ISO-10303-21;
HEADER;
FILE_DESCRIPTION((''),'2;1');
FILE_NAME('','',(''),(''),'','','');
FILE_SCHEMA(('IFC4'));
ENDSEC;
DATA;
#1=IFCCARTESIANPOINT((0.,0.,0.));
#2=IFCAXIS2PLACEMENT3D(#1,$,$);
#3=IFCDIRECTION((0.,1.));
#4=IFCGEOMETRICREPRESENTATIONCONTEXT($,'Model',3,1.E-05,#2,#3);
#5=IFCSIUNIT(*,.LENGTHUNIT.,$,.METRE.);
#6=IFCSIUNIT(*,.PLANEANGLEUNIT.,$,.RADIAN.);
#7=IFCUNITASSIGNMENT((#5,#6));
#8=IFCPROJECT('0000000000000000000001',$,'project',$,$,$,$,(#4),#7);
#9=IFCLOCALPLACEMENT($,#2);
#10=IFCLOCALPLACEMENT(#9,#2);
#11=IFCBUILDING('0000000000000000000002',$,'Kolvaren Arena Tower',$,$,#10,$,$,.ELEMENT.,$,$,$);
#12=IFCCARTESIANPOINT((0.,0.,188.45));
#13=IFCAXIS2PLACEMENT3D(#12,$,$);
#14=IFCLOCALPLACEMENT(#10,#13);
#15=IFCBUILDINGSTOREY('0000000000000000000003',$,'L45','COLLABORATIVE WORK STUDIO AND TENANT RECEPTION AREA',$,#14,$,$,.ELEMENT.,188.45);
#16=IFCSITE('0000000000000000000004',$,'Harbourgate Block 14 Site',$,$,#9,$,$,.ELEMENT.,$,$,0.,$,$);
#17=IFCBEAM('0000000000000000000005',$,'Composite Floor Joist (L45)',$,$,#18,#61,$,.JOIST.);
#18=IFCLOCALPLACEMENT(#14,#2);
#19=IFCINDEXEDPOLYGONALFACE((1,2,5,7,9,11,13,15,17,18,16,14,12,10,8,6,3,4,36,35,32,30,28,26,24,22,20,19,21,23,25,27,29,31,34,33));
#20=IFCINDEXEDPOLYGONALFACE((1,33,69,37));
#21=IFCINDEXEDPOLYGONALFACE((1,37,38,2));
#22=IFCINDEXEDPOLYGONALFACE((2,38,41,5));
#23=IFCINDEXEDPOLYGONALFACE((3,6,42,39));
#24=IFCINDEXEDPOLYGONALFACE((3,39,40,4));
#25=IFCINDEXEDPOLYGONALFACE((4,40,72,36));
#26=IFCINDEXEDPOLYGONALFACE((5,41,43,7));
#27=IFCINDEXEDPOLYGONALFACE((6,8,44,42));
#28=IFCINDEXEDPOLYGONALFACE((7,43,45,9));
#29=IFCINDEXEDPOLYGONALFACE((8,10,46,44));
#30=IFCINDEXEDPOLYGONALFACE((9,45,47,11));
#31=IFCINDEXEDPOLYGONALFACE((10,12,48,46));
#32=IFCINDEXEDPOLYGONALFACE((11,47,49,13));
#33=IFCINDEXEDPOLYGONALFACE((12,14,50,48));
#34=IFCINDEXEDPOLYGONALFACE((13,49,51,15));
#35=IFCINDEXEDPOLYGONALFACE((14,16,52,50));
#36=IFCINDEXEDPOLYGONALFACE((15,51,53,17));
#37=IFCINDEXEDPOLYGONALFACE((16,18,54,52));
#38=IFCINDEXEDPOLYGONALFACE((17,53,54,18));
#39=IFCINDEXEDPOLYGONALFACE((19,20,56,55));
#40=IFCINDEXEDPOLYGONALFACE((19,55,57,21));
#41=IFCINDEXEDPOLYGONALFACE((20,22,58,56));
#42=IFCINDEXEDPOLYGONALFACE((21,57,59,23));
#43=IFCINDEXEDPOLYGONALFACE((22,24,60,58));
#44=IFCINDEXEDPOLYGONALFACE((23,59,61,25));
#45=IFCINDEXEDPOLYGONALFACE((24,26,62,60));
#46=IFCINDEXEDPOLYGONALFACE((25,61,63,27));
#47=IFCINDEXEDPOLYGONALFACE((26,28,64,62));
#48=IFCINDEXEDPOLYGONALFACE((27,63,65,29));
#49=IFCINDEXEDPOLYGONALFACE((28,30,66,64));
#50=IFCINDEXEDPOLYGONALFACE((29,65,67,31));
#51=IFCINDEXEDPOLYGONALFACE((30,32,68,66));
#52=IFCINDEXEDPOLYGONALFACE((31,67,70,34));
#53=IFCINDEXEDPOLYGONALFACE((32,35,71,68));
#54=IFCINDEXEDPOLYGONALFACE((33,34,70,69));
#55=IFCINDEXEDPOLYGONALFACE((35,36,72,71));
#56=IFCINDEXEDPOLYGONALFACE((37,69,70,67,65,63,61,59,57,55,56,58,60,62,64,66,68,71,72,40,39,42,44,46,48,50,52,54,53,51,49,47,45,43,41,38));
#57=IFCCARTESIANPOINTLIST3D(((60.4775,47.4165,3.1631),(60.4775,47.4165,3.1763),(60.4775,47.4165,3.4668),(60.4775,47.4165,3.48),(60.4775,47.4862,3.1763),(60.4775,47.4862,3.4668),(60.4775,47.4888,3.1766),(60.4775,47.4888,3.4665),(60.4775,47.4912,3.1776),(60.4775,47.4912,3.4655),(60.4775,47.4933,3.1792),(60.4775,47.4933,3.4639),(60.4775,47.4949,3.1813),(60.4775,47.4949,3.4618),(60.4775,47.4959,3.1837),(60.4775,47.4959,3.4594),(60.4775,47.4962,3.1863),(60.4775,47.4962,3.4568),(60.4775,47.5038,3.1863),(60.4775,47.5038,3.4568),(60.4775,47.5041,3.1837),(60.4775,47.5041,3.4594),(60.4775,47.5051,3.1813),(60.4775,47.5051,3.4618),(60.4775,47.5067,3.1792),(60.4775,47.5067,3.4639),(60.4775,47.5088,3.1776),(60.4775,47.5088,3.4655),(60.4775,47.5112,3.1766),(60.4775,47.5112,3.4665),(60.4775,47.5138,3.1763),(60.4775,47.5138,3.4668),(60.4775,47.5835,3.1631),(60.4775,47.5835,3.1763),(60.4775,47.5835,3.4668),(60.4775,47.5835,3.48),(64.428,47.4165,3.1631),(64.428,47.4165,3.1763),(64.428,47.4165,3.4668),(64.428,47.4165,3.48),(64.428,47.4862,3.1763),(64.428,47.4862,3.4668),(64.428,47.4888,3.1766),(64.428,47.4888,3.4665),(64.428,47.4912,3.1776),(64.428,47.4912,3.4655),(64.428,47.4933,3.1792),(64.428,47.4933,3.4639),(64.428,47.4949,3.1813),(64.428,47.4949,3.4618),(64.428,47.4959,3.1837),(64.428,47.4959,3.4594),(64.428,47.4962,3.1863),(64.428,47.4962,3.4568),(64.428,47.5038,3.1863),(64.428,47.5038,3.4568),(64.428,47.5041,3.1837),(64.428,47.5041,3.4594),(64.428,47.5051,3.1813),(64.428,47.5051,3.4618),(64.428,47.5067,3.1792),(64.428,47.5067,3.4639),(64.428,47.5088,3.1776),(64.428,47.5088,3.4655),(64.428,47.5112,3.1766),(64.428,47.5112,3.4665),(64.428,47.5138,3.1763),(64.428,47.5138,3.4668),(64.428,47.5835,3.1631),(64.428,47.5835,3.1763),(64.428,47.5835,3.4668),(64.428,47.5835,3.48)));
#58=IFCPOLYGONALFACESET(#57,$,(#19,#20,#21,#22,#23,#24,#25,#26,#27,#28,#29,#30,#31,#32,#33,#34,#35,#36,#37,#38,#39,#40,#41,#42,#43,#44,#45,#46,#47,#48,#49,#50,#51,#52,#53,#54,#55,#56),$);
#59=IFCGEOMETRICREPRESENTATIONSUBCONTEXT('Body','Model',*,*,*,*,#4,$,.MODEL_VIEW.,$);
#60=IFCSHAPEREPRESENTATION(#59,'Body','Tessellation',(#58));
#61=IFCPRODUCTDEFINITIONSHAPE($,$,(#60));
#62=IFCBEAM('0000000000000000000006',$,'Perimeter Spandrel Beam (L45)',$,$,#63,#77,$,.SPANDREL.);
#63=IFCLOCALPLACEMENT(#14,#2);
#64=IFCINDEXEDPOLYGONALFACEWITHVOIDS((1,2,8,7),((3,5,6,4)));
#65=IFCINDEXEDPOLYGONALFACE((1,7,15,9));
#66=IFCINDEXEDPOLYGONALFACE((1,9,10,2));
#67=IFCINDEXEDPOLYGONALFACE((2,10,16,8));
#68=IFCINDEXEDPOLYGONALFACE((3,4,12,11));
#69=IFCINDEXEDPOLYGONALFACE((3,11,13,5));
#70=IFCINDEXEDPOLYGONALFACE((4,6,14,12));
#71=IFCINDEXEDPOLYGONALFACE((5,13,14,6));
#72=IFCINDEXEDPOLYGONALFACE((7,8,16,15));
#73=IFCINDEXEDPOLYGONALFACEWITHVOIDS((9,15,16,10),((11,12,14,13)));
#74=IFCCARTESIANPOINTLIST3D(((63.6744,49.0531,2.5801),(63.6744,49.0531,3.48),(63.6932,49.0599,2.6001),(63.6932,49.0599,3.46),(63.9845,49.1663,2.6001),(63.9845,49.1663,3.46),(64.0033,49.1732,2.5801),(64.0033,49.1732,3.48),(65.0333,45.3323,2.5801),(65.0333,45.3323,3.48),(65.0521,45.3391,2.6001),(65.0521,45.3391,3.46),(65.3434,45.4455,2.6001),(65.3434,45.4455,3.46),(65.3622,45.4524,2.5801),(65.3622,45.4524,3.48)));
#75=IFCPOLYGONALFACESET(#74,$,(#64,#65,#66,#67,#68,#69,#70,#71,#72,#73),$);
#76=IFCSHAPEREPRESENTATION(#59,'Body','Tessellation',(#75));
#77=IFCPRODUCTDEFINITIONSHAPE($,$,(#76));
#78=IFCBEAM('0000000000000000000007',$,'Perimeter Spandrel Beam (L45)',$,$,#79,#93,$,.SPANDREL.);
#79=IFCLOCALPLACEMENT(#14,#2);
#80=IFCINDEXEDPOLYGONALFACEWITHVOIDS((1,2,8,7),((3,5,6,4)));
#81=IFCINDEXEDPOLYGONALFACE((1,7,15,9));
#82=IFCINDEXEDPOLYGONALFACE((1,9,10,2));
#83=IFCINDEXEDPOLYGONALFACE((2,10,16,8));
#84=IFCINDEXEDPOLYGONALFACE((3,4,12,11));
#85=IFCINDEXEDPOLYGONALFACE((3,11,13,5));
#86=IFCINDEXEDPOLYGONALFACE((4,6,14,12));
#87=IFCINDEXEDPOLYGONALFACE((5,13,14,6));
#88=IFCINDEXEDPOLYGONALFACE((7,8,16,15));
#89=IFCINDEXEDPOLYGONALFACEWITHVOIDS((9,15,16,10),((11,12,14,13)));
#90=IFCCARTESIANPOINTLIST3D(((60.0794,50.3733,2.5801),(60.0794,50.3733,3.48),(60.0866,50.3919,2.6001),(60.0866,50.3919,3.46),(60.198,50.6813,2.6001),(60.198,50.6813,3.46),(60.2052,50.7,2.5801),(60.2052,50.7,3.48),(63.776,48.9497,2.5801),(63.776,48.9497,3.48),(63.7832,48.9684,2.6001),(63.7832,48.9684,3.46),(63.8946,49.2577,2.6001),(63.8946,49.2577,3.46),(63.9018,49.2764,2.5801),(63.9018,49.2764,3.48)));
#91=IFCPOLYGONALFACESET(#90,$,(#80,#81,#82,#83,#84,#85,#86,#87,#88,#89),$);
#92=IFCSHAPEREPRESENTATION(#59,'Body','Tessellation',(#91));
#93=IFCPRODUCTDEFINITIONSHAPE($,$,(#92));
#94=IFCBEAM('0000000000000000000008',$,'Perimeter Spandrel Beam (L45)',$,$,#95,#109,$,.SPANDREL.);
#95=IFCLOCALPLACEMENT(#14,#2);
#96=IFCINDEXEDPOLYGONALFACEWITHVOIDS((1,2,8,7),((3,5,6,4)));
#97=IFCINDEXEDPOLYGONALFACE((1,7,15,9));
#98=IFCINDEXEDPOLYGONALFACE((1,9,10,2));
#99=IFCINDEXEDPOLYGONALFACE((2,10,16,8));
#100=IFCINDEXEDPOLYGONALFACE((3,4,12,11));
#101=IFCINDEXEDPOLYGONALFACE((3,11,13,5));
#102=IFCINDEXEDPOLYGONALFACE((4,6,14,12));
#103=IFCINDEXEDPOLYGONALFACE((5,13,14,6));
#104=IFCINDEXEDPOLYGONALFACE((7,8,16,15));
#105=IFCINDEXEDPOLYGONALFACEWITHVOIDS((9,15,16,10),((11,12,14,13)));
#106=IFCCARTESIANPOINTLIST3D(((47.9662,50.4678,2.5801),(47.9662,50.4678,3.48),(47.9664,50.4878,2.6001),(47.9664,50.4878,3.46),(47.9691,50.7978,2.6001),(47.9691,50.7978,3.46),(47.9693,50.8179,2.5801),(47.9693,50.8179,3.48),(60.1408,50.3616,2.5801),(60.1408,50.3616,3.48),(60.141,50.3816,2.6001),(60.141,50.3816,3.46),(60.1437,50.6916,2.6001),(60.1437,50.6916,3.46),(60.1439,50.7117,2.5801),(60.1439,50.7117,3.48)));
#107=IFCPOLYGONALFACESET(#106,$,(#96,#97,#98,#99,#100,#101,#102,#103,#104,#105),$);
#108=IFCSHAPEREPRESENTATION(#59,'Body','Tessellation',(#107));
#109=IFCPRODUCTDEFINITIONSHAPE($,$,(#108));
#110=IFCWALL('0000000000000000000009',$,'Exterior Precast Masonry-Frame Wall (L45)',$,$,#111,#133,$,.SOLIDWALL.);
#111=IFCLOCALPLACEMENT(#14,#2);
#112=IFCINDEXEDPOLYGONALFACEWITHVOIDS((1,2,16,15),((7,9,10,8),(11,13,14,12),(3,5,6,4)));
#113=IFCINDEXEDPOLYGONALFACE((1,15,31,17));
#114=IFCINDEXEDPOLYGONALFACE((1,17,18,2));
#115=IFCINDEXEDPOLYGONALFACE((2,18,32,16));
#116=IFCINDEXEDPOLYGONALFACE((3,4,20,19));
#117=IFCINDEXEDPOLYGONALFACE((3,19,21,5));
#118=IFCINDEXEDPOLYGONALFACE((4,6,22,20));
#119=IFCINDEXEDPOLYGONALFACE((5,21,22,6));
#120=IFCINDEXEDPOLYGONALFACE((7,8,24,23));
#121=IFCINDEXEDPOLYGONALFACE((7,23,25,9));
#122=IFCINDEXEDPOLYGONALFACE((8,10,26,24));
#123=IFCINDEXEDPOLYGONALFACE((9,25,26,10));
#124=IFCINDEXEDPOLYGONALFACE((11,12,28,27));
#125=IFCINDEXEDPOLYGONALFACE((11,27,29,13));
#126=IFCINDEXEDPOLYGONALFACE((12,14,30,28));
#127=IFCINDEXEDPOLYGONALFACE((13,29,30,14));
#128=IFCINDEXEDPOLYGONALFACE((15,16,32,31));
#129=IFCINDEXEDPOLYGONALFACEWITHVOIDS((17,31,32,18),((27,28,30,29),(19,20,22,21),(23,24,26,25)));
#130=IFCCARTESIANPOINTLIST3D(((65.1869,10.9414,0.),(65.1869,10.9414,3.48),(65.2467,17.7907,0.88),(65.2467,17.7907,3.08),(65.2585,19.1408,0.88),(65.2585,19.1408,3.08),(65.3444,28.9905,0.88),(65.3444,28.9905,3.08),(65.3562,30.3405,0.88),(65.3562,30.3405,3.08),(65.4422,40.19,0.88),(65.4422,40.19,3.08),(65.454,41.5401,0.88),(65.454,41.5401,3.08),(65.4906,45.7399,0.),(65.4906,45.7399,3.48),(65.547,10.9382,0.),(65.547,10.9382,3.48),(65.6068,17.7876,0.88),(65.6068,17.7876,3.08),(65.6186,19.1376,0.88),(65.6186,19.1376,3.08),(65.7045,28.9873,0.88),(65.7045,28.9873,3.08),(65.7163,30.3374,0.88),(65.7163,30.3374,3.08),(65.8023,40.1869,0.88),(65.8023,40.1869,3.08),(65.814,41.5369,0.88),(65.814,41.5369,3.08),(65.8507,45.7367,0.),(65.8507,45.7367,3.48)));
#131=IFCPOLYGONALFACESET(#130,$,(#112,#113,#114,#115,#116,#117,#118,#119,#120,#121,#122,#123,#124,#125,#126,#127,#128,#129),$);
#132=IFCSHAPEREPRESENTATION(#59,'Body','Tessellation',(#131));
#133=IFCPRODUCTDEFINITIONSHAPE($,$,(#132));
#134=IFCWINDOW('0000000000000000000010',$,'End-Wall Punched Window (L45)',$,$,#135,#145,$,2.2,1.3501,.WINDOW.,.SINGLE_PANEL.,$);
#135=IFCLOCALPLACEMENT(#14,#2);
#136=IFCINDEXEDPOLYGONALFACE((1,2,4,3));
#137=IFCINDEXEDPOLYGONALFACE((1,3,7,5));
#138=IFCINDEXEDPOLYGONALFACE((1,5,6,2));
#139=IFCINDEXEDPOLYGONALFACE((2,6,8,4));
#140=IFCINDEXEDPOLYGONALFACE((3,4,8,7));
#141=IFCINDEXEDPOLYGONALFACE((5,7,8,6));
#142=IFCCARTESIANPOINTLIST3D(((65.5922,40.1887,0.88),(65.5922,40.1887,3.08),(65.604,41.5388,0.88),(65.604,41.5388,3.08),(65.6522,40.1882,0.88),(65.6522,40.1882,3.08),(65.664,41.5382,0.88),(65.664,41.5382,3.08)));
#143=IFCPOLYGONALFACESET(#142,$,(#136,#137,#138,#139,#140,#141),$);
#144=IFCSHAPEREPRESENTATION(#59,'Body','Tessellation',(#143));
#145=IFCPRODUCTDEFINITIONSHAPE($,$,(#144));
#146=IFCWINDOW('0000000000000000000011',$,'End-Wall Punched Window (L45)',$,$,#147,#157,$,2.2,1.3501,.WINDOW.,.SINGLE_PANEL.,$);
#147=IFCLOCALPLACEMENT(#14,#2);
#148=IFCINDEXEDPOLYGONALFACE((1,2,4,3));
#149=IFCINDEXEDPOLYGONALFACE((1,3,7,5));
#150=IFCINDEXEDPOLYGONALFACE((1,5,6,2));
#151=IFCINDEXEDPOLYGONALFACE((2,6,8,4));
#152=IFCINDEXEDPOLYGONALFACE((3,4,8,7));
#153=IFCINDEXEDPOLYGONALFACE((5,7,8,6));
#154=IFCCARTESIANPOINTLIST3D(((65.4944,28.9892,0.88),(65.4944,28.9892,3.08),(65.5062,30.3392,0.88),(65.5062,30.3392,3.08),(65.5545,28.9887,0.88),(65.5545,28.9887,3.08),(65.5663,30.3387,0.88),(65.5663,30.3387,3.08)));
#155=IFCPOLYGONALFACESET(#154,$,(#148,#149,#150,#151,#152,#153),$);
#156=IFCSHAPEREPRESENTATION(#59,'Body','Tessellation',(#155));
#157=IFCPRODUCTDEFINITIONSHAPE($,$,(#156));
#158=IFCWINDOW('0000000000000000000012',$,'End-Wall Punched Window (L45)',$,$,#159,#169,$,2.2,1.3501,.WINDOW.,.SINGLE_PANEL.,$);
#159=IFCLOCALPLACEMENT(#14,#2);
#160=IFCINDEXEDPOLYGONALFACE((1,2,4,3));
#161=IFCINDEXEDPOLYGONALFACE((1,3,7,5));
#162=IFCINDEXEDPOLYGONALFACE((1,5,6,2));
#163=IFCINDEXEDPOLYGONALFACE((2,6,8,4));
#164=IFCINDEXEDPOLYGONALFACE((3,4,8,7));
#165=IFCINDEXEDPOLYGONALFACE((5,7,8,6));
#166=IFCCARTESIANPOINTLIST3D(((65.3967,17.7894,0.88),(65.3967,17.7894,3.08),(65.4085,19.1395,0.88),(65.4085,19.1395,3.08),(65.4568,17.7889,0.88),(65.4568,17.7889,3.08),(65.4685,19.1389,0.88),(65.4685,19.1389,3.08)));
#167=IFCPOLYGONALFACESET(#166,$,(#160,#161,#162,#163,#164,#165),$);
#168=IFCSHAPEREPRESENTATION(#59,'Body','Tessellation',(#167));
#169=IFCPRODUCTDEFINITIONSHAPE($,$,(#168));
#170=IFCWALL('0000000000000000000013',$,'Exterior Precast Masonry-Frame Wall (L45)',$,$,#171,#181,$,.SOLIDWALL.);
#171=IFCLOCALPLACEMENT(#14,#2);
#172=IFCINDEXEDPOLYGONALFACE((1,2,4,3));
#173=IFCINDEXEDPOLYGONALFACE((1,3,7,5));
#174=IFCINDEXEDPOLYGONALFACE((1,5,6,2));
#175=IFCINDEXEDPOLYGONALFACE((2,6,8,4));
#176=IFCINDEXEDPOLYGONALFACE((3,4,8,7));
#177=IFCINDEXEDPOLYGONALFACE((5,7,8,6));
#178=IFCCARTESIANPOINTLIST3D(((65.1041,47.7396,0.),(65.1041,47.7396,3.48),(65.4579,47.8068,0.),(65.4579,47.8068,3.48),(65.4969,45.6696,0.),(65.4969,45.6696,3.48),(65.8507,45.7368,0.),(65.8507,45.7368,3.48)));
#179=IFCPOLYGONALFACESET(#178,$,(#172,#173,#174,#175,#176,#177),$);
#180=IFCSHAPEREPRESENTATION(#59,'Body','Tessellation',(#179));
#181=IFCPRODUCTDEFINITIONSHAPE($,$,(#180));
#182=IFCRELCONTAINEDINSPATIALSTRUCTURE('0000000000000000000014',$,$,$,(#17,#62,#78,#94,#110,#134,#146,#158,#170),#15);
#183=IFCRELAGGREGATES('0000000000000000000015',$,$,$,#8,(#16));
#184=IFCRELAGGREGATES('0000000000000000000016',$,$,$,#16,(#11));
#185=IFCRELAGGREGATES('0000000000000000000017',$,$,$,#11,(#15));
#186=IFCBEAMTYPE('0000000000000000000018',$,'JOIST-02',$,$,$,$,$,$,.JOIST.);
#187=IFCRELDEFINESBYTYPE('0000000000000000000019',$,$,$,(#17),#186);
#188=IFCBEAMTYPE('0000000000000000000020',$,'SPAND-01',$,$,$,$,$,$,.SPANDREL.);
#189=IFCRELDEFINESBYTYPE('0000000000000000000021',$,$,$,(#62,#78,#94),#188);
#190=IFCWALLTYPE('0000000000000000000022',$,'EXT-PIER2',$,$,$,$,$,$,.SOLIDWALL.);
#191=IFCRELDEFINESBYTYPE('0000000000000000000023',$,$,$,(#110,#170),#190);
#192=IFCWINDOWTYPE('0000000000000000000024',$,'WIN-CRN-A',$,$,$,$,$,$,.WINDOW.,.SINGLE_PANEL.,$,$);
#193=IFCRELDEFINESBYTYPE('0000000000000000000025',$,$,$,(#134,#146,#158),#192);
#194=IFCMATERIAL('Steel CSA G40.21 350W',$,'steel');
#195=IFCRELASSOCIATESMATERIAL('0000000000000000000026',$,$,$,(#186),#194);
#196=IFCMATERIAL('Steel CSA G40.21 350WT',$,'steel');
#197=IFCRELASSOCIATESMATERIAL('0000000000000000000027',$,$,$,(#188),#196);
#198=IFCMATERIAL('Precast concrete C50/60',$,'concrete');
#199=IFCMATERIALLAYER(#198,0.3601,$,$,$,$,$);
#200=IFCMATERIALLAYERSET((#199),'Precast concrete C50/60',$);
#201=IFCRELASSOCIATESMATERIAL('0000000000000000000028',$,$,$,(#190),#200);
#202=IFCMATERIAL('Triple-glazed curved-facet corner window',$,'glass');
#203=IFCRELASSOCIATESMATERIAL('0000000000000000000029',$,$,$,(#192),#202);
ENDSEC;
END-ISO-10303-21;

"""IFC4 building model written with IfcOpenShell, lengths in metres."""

from ifc_helpers import new_model, si_unit, direction, frame, frame_2d, origin, origin_2d, place, context, subcontext, project, spatial, rectangle, hollow_rectangle, i_section, extrude, material, layer, layer_set, material_profile, profile_set, type_object, element, fill, save


model = new_model("IFC4")

# Units and contexts
model_context = context("Model", 3, precision=1e-05, world=origin(), true_north=direction((0.0, 1.0)))
body_context = subcontext(model_context, "Body", "Model", "MODEL_VIEW")
ifc_project = project(units=[si_unit("LENGTHUNIT", "METRE"), si_unit("PLANEANGLEUNIT", "RADIAN")], contexts=[model_context])

# Site, building, storey
site_placement = place(None, origin())
site = spatial("IfcSite", under=ifc_project, at=site_placement, Name="Harbourgate Block 14 Site", CompositionType="ELEMENT", RefElevation=0.0)
building_placement = place(site_placement, origin())
building = spatial("IfcBuilding", under=site, at=building_placement, Name="Kolvaren Arena Tower", CompositionType="ELEMENT")
storey_placement = place(building_placement, frame((0.0, 0.0, 188.45)))
storey = spatial("IfcBuildingStorey", under=building, at=storey_placement, Name="L45", Description="COLLABORATIVE WORK STUDIO AND TENANT RECEPTION AREA", CompositionType="ELEMENT", Elevation=188.45)

# Beams
ifc_material_1 = material(Name="Steel CSA G40.21 350W", Category="steel")
ifc_material_profile_1 = material_profile(ifc_material_1, i_section(OverallWidth=0.167, OverallDepth=0.3169, WebThickness=0.0076, FlangeThickness=0.0132, FilletRadius=0.01, at=origin_2d()), Name="W310x52")
ifc_profile_set_1 = profile_set([ifc_material_profile_1], Name="Steel CSA G40.21 350W")
beam_type_1 = type_object("IfcBeamType", Name="JOIST-02", PredefinedType="JOIST", material=ifc_profile_set_1)
beam_1_placement = place(storey_placement, frame((60.4775, 47.5, 3.3215), z_axis=(1.0, 0.0, 0.0), x_axis=(0.0, 1.0, 0.0)))
element("IfcBeam", 1, at=beam_1_placement, inside=storey, type_object=beam_type_1, Name="Composite Floor Joist (L45)", PredefinedType="JOIST", context=body_context, shape_type="SweptSolid", body=[
    extrude(i_section(OverallWidth=0.167, OverallDepth=0.3169, WebThickness=0.0076, FlangeThickness=0.0132, FilletRadius=0.01, at=origin_2d()), origin(), (0.0, 0.0, 1.0), 3.9504),
])
ifc_material_2 = material(Name="Steel CSA G40.21 350WT", Category="steel")
ifc_material_profile_2 = material_profile(ifc_material_2, hollow_rectangle(XDim=0.3501, YDim=0.8999, WallThickness=0.02, at=origin_2d()), Name="HSS 900x350x20")
ifc_profile_set_2 = profile_set([ifc_material_profile_2], Name="Steel CSA G40.21 350WT")
beam_type_2 = type_object("IfcBeamType", Name="SPAND-01", PredefinedType="SPANDREL", material=ifc_profile_set_2)
for number, where, z_axis, x_axis, name in (
    (2, (65.1978, 45.3923, 3.03), (-0.343059, 0.939314, 0.0), (-0.939314, -0.343059, 0.0), "Perimeter Spandrel Beam (L45)"),
    (3, (63.8389, 49.113, 3.03), (-0.93319, 0.359384, 0.0), (-0.359384, -0.93319, 0.0), "Perimeter Spandrel Beam (L45)"),
):
    element("IfcBeam", number, at=place(storey_placement, frame(where, z_axis=z_axis, x_axis=x_axis)), inside=storey, type_object=beam_type_2, Name=name, PredefinedType="SPANDREL", context=body_context, shape_type="SweptSolid", body=[
        extrude(hollow_rectangle(XDim=0.3501, YDim=0.8999, WallThickness=0.02, at=origin_2d()), origin(), (0.0, 0.0, 1.0), 3.9612),
    ])
beam_2_placement = place(storey_placement, frame((60.1423, 50.5366, 3.03), z_axis=(-0.999962, 0.008723, 0.0), x_axis=(-0.008723, -0.999962, 0.0)))
element("IfcBeam", 4, at=beam_2_placement, inside=storey, type_object=beam_type_2, Name="Perimeter Spandrel Beam (L45)", PredefinedType="SPANDREL", context=body_context, shape_type="SweptSolid", body=[
    extrude(hollow_rectangle(XDim=0.3501, YDim=0.8999, WallThickness=0.02, at=origin_2d()), origin(), (0.0, 0.0, 1.0), 12.175),
])

# Wall, openings, windows
ifc_material_3 = material(Name="Precast concrete C50/60", Category="concrete")
ifc_layer_1 = layer(ifc_material_3, 0.3601)
ifc_layer_set_1 = layer_set([ifc_layer_1], Name="Precast concrete C50/60")
wall_type_1 = type_object("IfcWallType", Name="EXT-PIER2", PredefinedType="SOLIDWALL", material=ifc_layer_set_1)
wall_1_placement = place(storey_placement, frame((65.6707, 45.7383, 0.0), z_axis=(0.0, 0.0, 1.0), x_axis=(-0.008727, -0.999962, 0.0)))
wall_1 = element("IfcWall", 5, at=wall_1_placement, inside=storey, type_object=wall_type_1, Name="Exterior Precast Masonry-Frame Wall (L45)", PredefinedType="SOLIDWALL", context=body_context, shape_type="SweptSolid", body=[
    extrude(rectangle(XDim=34.7998, YDim=0.3601, at=frame_2d((17.3999, 0.0))), origin(), (0.0, 0.0, 1.0), 3.48),
])
opening_1_placement = place(wall_1_placement, frame((4.2, 0.0, 0.8799)))
opening_1 = element("IfcOpeningElement", 6, at=opening_1_placement, cuts=wall_1, PredefinedType="OPENING", context=body_context, shape_type="SweptSolid", body=[
    extrude(rectangle(XDim=1.3501, YDim=2.2, at=frame_2d((0.675, 1.1001))), frame((0.0, 0.1899, 0.0), z_axis=(0.0, -1.0, 0.0), x_axis=(1.0, 0.0, 0.0)), (0.0, 0.0, 1.0), 0.3801),
])
opening_2_placement = place(wall_1_placement, frame((15.3999, 0.0, 0.8799)))
opening_2 = element("IfcOpeningElement", 7, at=opening_2_placement, cuts=wall_1, PredefinedType="OPENING", context=body_context, shape_type="SweptSolid", body=[
    extrude(rectangle(XDim=1.3501, YDim=2.2, at=frame_2d((0.675, 1.1001))), frame((0.0, 0.1899, 0.0), z_axis=(0.0, -1.0, 0.0), x_axis=(1.0, 0.0, 0.0)), (0.0, 0.0, 1.0), 0.3801),
])
opening_3_placement = place(wall_1_placement, frame((26.6001, 0.0, 0.8799)))
opening_3 = element("IfcOpeningElement", 8, at=opening_3_placement, cuts=wall_1, PredefinedType="OPENING", context=body_context, shape_type="SweptSolid", body=[
    extrude(rectangle(XDim=1.3501, YDim=2.2, at=frame_2d((0.675, 1.1001))), frame((0.0, 0.1899, 0.0), z_axis=(0.0, -1.0, 0.0), x_axis=(1.0, 0.0, 0.0)), (0.0, 0.0, 1.0), 0.3801),
])
ifc_material_4 = material(Name="Triple-glazed curved-facet corner window", Category="glass")
window_type = type_object("IfcWindowType", Name="WIN-CRN-A", PartitioningType="SINGLE_PANEL", PredefinedType="WINDOW", material=ifc_material_4)
window_1_placement = place(opening_1_placement, origin())
window_1 = element("IfcWindow", 9, at=window_1_placement, inside=storey, type_object=window_type, Name="End-Wall Punched Window (L45)", OverallHeight=2.2, OverallWidth=1.3501, PartitioningType="SINGLE_PANEL", PredefinedType="WINDOW", context=body_context, shape_type="SweptSolid", body=[
    extrude(rectangle(XDim=1.3501, YDim=2.2, at=frame_2d((0.675, 1.1001))), frame((0.0, 0.03, 0.0), z_axis=(0.0, -1.0, 0.0), x_axis=(1.0, 0.0, 0.0)), (0.0, 0.0, 1.0), 0.0601),
])
fill(opening_1, window_1)
window_2_placement = place(opening_2_placement, origin())
window_2 = element("IfcWindow", 10, at=window_2_placement, inside=storey, type_object=window_type, Name="End-Wall Punched Window (L45)", OverallHeight=2.2, OverallWidth=1.3501, PartitioningType="SINGLE_PANEL", PredefinedType="WINDOW", context=body_context, shape_type="SweptSolid", body=[
    extrude(rectangle(XDim=1.3501, YDim=2.2, at=frame_2d((0.675, 1.1001))), frame((0.0, 0.03, 0.0), z_axis=(0.0, -1.0, 0.0), x_axis=(1.0, 0.0, 0.0)), (0.0, 0.0, 1.0), 0.0601),
])
fill(opening_2, window_2)
window_3_placement = place(opening_3_placement, origin())
window_3 = element("IfcWindow", 11, at=window_3_placement, inside=storey, type_object=window_type, Name="End-Wall Punched Window (L45)", OverallHeight=2.2, OverallWidth=1.3501, PartitioningType="SINGLE_PANEL", PredefinedType="WINDOW", context=body_context, shape_type="SweptSolid", body=[
    extrude(rectangle(XDim=1.3501, YDim=2.2, at=frame_2d((0.675, 1.1001))), frame((0.0, 0.03, 0.0), z_axis=(0.0, -1.0, 0.0), x_axis=(1.0, 0.0, 0.0)), (0.0, 0.0, 1.0), 0.0601),
])
fill(opening_3, window_3)

# Wall
wall_2_placement = place(storey_placement, frame((65.281, 47.7732, 0.0), z_axis=(0.0, 0.0, 1.0), x_axis=(0.186436, -0.982467, 0.0)))
element("IfcWall", 12, at=wall_2_placement, inside=storey, type_object=wall_type_1, Name="Exterior Precast Masonry-Frame Wall (L45)", PredefinedType="SOLIDWALL", context=body_context, shape_type="SweptSolid", body=[
    extrude(rectangle(XDim=2.1069, YDim=0.3601, at=frame_2d((1.0535, 0.0))), origin(), (0.0, 0.0, 1.0), 3.48),
])

save(model, "model.ifc")
